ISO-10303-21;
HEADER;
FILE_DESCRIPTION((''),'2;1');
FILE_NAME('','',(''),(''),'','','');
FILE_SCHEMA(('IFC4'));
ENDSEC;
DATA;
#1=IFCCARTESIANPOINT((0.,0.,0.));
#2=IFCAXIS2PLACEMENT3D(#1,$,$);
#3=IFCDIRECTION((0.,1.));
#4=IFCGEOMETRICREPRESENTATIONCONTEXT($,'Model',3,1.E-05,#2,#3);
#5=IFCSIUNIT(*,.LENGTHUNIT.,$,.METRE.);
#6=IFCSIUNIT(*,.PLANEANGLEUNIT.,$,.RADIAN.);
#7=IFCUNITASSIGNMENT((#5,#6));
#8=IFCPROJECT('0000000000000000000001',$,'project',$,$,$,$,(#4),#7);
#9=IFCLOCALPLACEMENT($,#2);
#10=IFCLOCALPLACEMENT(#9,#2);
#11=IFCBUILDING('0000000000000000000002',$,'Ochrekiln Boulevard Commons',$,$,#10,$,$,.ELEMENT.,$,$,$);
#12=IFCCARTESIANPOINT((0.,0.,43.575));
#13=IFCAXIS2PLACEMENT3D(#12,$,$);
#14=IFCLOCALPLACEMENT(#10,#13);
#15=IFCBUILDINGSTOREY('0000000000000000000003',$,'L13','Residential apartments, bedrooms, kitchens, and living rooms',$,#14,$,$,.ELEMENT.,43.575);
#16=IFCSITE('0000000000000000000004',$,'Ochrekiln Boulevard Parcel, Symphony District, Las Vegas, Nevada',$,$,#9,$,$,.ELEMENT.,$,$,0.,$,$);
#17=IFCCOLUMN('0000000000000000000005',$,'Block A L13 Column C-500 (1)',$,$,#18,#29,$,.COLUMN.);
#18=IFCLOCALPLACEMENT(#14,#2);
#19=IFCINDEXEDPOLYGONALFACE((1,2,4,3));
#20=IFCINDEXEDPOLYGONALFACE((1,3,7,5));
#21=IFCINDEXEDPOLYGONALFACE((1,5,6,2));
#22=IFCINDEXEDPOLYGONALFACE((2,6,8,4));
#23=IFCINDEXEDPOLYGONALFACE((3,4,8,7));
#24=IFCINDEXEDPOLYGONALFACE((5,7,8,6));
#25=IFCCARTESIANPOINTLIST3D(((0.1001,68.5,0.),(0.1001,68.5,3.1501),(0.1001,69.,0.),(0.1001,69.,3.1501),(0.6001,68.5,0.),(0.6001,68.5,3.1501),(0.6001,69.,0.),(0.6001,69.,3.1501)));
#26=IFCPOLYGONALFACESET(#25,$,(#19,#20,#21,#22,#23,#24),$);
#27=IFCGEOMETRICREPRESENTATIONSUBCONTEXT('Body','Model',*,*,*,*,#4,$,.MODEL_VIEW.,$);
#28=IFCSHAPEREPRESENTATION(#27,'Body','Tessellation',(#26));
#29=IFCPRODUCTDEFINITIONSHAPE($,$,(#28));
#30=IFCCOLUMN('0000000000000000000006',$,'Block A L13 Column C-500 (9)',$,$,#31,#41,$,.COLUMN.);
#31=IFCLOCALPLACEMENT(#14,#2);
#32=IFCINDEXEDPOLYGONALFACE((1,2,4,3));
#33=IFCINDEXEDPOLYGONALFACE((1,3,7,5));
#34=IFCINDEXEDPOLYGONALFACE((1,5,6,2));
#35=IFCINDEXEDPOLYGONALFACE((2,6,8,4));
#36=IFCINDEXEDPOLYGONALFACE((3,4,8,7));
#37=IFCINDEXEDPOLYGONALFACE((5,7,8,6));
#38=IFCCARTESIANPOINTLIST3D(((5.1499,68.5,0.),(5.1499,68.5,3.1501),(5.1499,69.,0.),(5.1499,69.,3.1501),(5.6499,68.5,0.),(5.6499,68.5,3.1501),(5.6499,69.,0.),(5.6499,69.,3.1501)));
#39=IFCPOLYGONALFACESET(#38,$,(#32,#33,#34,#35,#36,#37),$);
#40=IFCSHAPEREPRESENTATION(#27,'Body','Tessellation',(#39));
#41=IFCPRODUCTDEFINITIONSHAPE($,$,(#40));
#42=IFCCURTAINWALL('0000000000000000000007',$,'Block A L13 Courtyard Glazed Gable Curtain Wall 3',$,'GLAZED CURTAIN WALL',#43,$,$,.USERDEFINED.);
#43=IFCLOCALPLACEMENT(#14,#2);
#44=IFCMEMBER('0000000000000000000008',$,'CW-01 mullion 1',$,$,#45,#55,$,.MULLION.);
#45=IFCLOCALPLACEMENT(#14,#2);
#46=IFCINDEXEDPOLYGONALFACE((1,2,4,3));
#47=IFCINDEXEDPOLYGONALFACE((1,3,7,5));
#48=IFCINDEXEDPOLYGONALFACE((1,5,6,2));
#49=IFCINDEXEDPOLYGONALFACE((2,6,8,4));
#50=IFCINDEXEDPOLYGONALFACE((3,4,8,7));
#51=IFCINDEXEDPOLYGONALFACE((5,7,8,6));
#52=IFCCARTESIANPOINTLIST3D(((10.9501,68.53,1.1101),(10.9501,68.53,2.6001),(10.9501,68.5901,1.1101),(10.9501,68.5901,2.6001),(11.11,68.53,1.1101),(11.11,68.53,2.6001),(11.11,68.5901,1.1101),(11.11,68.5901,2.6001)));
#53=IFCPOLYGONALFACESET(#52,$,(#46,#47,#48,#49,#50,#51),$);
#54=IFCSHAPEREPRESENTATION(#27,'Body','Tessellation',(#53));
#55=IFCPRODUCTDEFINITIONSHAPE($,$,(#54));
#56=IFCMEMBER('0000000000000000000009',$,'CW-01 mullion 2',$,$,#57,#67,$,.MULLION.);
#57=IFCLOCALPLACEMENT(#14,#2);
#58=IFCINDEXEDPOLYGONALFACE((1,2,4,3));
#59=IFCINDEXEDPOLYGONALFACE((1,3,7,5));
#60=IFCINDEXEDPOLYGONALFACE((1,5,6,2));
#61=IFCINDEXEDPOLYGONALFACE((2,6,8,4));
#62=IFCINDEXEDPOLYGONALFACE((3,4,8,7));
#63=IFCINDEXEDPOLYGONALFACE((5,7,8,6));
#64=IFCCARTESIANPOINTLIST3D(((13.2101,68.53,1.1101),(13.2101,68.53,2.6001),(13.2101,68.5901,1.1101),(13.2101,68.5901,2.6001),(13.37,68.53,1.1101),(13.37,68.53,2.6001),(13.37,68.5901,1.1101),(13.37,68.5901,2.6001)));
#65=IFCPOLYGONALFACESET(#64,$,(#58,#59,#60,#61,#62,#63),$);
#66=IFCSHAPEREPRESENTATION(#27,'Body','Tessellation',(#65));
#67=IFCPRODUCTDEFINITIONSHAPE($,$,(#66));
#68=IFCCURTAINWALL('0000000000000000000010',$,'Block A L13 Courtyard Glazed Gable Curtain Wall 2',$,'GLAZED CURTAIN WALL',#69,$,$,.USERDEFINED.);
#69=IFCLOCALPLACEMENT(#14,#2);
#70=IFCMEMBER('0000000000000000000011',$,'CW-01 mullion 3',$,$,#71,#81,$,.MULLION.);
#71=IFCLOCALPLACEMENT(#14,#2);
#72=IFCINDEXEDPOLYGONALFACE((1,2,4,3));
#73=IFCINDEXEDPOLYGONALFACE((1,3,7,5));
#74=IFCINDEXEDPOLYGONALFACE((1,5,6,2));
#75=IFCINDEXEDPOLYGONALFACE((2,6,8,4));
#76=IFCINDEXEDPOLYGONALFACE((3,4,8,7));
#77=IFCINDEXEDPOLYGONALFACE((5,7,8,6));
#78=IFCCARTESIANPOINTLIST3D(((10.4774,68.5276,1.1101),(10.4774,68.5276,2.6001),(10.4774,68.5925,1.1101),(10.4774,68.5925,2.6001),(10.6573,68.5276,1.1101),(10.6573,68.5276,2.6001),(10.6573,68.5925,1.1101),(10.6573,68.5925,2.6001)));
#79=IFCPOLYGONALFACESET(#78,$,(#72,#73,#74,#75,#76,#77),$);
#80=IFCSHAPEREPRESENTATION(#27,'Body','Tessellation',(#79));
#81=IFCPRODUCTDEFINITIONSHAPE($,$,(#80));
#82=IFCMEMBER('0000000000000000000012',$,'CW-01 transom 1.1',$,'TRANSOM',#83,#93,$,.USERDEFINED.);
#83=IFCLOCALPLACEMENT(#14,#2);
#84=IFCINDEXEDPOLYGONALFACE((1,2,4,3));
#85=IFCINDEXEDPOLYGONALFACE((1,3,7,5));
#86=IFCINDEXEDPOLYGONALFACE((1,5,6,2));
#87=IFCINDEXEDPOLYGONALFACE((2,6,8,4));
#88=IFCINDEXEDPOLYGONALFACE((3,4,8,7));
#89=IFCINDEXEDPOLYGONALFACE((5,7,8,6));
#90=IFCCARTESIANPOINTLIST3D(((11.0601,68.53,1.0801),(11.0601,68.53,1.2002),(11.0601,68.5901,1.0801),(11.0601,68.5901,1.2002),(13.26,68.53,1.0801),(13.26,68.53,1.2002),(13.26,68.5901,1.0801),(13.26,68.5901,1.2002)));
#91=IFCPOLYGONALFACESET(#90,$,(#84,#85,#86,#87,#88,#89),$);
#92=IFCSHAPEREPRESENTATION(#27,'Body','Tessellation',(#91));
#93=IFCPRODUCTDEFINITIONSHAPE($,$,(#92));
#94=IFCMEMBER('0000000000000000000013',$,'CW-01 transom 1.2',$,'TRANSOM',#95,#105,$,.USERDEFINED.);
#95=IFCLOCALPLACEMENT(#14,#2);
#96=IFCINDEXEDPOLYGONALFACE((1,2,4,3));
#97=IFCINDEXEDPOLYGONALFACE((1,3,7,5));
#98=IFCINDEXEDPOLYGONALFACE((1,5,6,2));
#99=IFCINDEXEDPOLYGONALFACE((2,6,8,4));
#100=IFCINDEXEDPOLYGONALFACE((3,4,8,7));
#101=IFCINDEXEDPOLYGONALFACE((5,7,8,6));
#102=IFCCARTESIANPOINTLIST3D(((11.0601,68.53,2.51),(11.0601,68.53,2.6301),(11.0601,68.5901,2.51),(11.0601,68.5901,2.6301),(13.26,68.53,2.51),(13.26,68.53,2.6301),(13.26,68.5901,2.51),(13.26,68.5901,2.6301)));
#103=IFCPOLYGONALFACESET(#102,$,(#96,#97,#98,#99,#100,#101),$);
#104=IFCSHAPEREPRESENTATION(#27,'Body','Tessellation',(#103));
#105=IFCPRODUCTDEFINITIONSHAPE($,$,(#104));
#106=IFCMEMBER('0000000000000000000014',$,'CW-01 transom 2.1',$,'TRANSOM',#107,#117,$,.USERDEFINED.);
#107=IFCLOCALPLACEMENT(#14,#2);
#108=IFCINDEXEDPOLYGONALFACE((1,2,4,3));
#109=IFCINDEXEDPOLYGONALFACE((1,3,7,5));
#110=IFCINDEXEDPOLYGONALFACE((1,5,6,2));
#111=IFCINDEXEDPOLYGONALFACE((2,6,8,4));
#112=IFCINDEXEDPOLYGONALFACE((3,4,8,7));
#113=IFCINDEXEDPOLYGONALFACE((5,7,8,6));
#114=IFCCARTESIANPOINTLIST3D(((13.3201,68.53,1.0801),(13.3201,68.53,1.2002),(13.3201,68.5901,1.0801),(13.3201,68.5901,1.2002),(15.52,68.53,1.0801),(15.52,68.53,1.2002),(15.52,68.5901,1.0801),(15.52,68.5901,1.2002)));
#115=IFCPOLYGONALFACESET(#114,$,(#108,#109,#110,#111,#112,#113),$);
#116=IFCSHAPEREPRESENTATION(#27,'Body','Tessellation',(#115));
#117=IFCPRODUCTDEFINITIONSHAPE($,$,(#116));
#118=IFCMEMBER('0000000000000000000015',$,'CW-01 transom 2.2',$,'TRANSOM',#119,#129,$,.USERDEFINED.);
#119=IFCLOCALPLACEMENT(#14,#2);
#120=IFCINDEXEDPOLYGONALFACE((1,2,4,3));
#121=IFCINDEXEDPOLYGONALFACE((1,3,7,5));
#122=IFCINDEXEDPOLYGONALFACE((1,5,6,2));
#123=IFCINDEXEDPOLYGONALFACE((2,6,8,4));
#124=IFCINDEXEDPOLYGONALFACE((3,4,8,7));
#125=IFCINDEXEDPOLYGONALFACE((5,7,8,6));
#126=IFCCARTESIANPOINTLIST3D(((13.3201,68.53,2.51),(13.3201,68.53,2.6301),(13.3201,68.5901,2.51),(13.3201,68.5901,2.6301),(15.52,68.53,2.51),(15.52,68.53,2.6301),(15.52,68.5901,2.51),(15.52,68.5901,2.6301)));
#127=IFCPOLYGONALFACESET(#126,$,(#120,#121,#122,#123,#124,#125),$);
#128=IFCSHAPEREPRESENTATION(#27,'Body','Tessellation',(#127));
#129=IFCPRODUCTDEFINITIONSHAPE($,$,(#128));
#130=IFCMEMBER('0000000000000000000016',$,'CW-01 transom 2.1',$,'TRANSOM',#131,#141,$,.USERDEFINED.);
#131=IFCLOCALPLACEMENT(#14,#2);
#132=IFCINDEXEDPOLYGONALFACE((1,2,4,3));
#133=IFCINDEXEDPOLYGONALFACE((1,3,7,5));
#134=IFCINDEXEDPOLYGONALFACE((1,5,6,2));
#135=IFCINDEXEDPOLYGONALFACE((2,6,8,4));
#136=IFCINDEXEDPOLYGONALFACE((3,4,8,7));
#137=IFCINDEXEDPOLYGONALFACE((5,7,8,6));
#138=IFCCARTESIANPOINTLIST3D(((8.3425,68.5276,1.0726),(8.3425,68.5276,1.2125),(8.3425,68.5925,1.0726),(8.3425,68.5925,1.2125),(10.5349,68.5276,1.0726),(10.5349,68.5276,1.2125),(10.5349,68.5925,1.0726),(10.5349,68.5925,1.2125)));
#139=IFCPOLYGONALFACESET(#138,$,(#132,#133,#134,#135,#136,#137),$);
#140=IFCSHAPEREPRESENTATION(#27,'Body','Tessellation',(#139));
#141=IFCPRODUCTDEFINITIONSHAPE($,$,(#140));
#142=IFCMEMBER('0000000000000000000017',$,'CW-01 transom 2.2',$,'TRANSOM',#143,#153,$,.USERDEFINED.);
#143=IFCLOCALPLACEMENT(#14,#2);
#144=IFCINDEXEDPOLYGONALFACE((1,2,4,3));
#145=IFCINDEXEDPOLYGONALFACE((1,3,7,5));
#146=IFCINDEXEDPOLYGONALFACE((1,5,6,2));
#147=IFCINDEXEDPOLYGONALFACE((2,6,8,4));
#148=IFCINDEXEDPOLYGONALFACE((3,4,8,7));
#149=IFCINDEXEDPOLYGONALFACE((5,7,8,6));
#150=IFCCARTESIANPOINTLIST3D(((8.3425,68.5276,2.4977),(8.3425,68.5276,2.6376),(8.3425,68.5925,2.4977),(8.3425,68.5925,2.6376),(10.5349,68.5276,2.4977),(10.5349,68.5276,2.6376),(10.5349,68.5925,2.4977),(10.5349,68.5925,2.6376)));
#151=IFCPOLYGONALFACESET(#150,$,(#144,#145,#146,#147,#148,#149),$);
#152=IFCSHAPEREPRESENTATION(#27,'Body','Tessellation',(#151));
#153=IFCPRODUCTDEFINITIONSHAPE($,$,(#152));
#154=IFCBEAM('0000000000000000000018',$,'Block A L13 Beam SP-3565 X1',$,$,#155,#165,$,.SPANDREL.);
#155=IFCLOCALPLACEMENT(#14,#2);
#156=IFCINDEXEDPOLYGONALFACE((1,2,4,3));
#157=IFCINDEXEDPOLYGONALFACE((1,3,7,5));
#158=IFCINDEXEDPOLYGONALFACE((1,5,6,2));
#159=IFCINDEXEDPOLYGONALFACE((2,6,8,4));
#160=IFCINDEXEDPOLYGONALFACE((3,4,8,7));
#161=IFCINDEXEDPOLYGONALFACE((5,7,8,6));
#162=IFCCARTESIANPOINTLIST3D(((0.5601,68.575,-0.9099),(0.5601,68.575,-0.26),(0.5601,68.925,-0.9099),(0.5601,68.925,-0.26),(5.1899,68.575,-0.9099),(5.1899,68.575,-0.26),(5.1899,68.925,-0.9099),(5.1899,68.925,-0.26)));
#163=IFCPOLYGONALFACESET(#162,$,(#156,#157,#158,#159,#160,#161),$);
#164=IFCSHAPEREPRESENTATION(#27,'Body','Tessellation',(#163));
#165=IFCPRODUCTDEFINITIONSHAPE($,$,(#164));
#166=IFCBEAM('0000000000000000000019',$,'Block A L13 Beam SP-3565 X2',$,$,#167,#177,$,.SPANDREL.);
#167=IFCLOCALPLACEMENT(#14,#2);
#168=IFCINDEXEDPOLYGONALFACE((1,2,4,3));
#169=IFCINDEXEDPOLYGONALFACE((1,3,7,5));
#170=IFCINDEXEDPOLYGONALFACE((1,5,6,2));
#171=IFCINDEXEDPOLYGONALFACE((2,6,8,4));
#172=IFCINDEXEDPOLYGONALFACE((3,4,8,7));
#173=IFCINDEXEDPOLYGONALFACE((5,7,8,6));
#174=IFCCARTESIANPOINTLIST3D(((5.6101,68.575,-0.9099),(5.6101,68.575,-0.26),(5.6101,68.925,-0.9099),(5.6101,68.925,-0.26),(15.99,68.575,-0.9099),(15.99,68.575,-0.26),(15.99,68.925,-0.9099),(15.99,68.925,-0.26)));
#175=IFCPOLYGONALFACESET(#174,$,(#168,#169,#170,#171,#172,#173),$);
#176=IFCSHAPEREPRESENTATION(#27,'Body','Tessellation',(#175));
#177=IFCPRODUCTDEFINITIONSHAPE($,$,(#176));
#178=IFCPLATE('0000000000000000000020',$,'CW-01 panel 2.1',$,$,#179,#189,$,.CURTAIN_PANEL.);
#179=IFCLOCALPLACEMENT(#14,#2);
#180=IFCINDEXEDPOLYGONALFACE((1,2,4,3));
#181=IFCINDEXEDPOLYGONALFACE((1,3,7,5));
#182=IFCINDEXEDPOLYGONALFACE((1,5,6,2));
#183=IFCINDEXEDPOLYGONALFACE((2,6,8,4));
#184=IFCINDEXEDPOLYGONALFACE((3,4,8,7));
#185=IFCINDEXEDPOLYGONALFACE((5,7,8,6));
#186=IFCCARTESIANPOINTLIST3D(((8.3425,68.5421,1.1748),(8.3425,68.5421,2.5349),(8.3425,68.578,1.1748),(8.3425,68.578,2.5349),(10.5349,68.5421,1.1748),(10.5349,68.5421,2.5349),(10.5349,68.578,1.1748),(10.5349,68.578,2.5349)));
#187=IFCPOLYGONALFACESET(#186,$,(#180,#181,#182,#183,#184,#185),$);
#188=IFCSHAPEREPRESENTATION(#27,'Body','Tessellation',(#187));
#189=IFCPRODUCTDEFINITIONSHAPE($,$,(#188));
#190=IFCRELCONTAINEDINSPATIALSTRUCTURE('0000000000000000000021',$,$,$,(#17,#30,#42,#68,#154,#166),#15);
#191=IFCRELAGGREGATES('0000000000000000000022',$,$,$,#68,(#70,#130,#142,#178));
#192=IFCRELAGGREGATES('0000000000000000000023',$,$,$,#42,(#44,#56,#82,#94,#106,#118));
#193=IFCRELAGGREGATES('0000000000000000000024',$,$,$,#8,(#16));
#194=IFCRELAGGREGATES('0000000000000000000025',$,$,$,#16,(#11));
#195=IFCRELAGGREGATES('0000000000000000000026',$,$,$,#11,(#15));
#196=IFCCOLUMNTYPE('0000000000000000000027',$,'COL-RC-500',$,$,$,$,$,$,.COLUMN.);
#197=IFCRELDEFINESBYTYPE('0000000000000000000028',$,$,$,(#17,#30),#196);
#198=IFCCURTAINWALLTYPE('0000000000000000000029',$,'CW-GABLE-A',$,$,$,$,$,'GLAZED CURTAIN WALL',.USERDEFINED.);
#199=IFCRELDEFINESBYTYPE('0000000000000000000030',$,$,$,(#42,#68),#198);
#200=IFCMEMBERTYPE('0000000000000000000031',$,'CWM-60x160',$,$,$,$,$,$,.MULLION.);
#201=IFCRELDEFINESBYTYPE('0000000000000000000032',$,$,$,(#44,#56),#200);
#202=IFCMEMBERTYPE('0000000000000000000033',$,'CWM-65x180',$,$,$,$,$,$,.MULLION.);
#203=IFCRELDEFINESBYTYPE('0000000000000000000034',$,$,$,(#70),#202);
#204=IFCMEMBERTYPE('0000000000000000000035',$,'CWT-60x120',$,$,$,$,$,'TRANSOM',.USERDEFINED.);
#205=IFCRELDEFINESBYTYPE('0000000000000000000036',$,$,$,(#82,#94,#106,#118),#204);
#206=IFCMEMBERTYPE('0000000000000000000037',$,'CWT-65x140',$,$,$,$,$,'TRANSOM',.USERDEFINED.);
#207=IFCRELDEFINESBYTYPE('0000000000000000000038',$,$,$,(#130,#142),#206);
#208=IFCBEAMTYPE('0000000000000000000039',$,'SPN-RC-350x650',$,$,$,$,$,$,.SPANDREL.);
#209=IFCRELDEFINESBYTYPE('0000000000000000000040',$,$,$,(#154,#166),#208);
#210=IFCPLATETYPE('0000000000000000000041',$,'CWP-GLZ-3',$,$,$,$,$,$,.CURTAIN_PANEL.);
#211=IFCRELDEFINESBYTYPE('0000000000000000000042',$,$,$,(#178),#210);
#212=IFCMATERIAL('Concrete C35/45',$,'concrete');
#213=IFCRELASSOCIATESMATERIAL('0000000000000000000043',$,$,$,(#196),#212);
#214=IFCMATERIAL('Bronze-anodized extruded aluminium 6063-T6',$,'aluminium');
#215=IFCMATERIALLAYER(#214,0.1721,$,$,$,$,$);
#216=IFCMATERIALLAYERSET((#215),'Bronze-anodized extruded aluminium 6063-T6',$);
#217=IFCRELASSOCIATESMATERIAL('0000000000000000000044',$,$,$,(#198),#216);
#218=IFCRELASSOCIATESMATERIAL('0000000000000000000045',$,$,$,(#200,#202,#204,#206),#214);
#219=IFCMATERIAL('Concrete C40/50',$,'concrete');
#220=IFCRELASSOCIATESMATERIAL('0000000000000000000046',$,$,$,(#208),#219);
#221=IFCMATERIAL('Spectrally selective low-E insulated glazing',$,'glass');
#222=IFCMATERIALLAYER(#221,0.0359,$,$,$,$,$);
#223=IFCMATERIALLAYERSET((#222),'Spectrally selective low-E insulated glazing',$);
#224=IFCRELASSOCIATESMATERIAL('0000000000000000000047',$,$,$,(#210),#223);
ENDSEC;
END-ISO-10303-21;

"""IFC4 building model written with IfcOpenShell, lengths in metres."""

from ifc_helpers import new_model, si_unit, direction, frame, origin, origin_2d, place, context, subcontext, project, spatial, rectangle, extrude, material, layer, layer_set, material_profile, profile_set, type_object, element, aggregate, save


model = new_model("IFC4")

# Units and contexts
model_context = context("Model", 3, precision=1e-05, world=origin(), true_north=direction((0.0, 1.0)))
body_context = subcontext(model_context, "Body", "Model", "MODEL_VIEW")
ifc_project = project(units=[si_unit("LENGTHUNIT", "METRE"), si_unit("PLANEANGLEUNIT", "RADIAN")], contexts=[model_context])

# Site, building, storey
site_placement = place(None, origin())
site = spatial("IfcSite", under=ifc_project, at=site_placement, Name="Ochrekiln Boulevard Parcel, Symphony District, Las Vegas, Nevada", CompositionType="ELEMENT", RefElevation=0.0)
building_placement = place(site_placement, origin())
building = spatial("IfcBuilding", under=site, at=building_placement, Name="Ochrekiln Boulevard Commons", CompositionType="ELEMENT")
storey_placement = place(building_placement, frame((0.0, 0.0, 43.575)))
storey = spatial("IfcBuildingStorey", under=building, at=storey_placement, Name="L13", Description="Residential apartments, bedrooms, kitchens, and living rooms", CompositionType="ELEMENT", Elevation=43.575)

# Columns
ifc_material_1 = material(Name="Concrete C35/45", Category="concrete")
ifc_material_profile_1 = material_profile(ifc_material_1, rectangle(XDim=0.5, YDim=0.5, at=origin_2d()), Name="RC-COL-500x500")
ifc_profile_set_1 = profile_set([ifc_material_profile_1], Name="Concrete C35/45")
column_type = type_object("IfcColumnType", Name="COL-RC-500", PredefinedType="COLUMN", material=ifc_profile_set_1)
for number, where, z_axis, x_axis, name in (
    (1, (0.3501, 68.75, 0.0), (0.0, 0.0, 1.0), (1.0, 0.0, 0.0), "Block A L13 Column C-500 (1)"),
    (2, (5.3999, 68.75, 0.0), (0.0, 0.0, 1.0), (1.0, 0.0, 0.0), "Block A L13 Column C-500 (9)"),
):
    element("IfcColumn", number, at=place(storey_placement, frame(where, z_axis=z_axis, x_axis=x_axis)), inside=storey, type_object=column_type, Name=name, PredefinedType="COLUMN", context=body_context, shape_type="SweptSolid", body=[
        extrude(rectangle(XDim=0.5, YDim=0.5, at=origin_2d()), origin(), (0.0, 0.0, 1.0), 3.1501),
    ])

# Curtain wall, members
ifc_material_2 = material(Name="Bronze-anodized extruded aluminium 6063-T6", Category="aluminium")
ifc_layer_1 = layer(ifc_material_2, 0.1721)
ifc_layer_set_1 = layer_set([ifc_layer_1], Name="Bronze-anodized extruded aluminium 6063-T6")
curtain_wall_type = type_object("IfcCurtainWallType", Name="CW-GABLE-A", ElementType="GLAZED CURTAIN WALL", PredefinedType="USERDEFINED", material=ifc_layer_set_1)
curtain_wall_1_placement = place(storey_placement, origin())
curtain_wall_1 = element("IfcCurtainWall", 3, at=curtain_wall_1_placement, inside=storey, type_object=curtain_wall_type, Name="Block A L13 Courtyard Glazed Gable Curtain Wall 3", ObjectType="GLAZED CURTAIN WALL", PredefinedType="USERDEFINED")
ifc_material_profile_2 = material_profile(ifc_material_2, rectangle(XDim=0.0601, YDim=0.1599, at=origin_2d()), Name="ALU-MUL-60x160")
ifc_profile_set_2 = profile_set([ifc_material_profile_2], Name="Bronze-anodized extruded aluminium 6063-T6")
member_type_1 = type_object("IfcMemberType", Name="CWM-60x160", PredefinedType="MULLION", material=ifc_profile_set_2)
member_1_placement = place(storey_placement, frame((11.03, 68.5601, 1.1101), z_axis=(0.0, 0.0, 1.0), x_axis=(0.0, 1.0, 0.0)))
member_1 = element("IfcMember", 4, at=member_1_placement, type_object=member_type_1, Name="CW-01 mullion 1", PredefinedType="MULLION", context=body_context, shape_type="SweptSolid", body=[
    extrude(rectangle(XDim=0.0601, YDim=0.1599, at=origin_2d()), origin(), (0.0, 0.0, 1.0), 1.49),
])
member_2_placement = place(storey_placement, frame((13.29, 68.5601, 1.1101), z_axis=(0.0, 0.0, 1.0), x_axis=(0.0, 1.0, 0.0)))
member_2 = element("IfcMember", 5, at=member_2_placement, type_object=member_type_1, Name="CW-01 mullion 2", PredefinedType="MULLION", context=body_context, shape_type="SweptSolid", body=[
    extrude(rectangle(XDim=0.0601, YDim=0.1599, at=origin_2d()), origin(), (0.0, 0.0, 1.0), 1.49),
])

# Curtain wall, member
curtain_wall_2_placement = place(storey_placement, origin())
curtain_wall_2 = element("IfcCurtainWall", 6, at=curtain_wall_2_placement, inside=storey, type_object=curtain_wall_type, Name="Block A L13 Courtyard Glazed Gable Curtain Wall 2", ObjectType="GLAZED CURTAIN WALL", PredefinedType="USERDEFINED")
ifc_material_profile_3 = material_profile(ifc_material_2, rectangle(XDim=0.0649, YDim=0.1799, at=origin_2d()), Name="ALU-MUL-65x180")
ifc_profile_set_3 = profile_set([ifc_material_profile_3], Name="Bronze-anodized extruded aluminium 6063-T6")
member_type_2 = type_object("IfcMemberType", Name="CWM-65x180", PredefinedType="MULLION", material=ifc_profile_set_3)
member_3_placement = place(storey_placement, frame((10.5674, 68.5601, 1.1101), z_axis=(0.0, 0.0, 1.0), x_axis=(0.0, 1.0, 0.0)))
member_3 = element("IfcMember", 7, at=member_3_placement, type_object=member_type_2, Name="CW-01 mullion 3", PredefinedType="MULLION", context=body_context, shape_type="SweptSolid", body=[
    extrude(rectangle(XDim=0.0649, YDim=0.1799, at=origin_2d()), origin(), (0.0, 0.0, 1.0), 1.49),
])

# Members
ifc_material_profile_4 = material_profile(ifc_material_2, rectangle(XDim=0.0601, YDim=0.1201, at=origin_2d()), Name="ALU-TRN-60x120")
ifc_profile_set_4 = profile_set([ifc_material_profile_4], Name="Bronze-anodized extruded aluminium 6063-T6")
member_type_3 = type_object("IfcMemberType", Name="CWT-60x120", ElementType="TRANSOM", PredefinedType="USERDEFINED", material=ifc_profile_set_4)
member_4_placement = place(storey_placement, frame((11.0601, 68.5601, 1.1401), z_axis=(1.0, 0.0, 0.0), x_axis=(0.0, 1.0, 0.0)))
member_4 = element("IfcMember", 8, at=member_4_placement, type_object=member_type_3, Name="CW-01 transom 1.1", ObjectType="TRANSOM", PredefinedType="USERDEFINED", context=body_context, shape_type="SweptSolid", body=[
    extrude(rectangle(XDim=0.0601, YDim=0.1201, at=origin_2d()), origin(), (0.0, 0.0, 1.0), 2.2),
])
member_5_placement = place(storey_placement, frame((11.0601, 68.5601, 2.5701), z_axis=(1.0, 0.0, 0.0), x_axis=(0.0, 1.0, 0.0)))
member_5 = element("IfcMember", 9, at=member_5_placement, type_object=member_type_3, Name="CW-01 transom 1.2", ObjectType="TRANSOM", PredefinedType="USERDEFINED", context=body_context, shape_type="SweptSolid", body=[
    extrude(rectangle(XDim=0.0601, YDim=0.1201, at=origin_2d()), origin(), (0.0, 0.0, 1.0), 2.2),
])
member_6_placement = place(storey_placement, frame((13.3201, 68.5601, 1.1401), z_axis=(1.0, 0.0, 0.0), x_axis=(0.0, 1.0, 0.0)))
member_6 = element("IfcMember", 10, at=member_6_placement, type_object=member_type_3, Name="CW-01 transom 2.1", ObjectType="TRANSOM", PredefinedType="USERDEFINED", context=body_context, shape_type="SweptSolid", body=[
    extrude(rectangle(XDim=0.0601, YDim=0.1201, at=origin_2d()), origin(), (0.0, 0.0, 1.0), 2.2),
])
member_7_placement = place(storey_placement, frame((13.3201, 68.5601, 2.5701), z_axis=(1.0, 0.0, 0.0), x_axis=(0.0, 1.0, 0.0)))
member_7 = element("IfcMember", 11, at=member_7_placement, type_object=member_type_3, Name="CW-01 transom 2.2", ObjectType="TRANSOM", PredefinedType="USERDEFINED", context=body_context, shape_type="SweptSolid", body=[
    extrude(rectangle(XDim=0.0601, YDim=0.1201, at=origin_2d()), origin(), (0.0, 0.0, 1.0), 2.2),
])
ifc_material_profile_5 = material_profile(ifc_material_2, rectangle(XDim=0.0649, YDim=0.1399, at=origin_2d()), Name="ALU-TRN-65x140")
ifc_profile_set_5 = profile_set([ifc_material_profile_5], Name="Bronze-anodized extruded aluminium 6063-T6")
member_type_4 = type_object("IfcMemberType", Name="CWT-65x140", ElementType="TRANSOM", PredefinedType="USERDEFINED", material=ifc_profile_set_5)
member_8_placement = place(storey_placement, frame((8.3425, 68.5601, 1.1426), z_axis=(1.0, 0.0, 0.0), x_axis=(0.0, 1.0, 0.0)))
member_8 = element("IfcMember", 12, at=member_8_placement, type_object=member_type_4, Name="CW-01 transom 2.1", ObjectType="TRANSOM", PredefinedType="USERDEFINED", context=body_context, shape_type="SweptSolid", body=[
    extrude(rectangle(XDim=0.0649, YDim=0.1399, at=origin_2d()), origin(), (0.0, 0.0, 1.0), 2.1924),
])
member_9_placement = place(storey_placement, frame((8.3425, 68.5601, 2.5676), z_axis=(1.0, 0.0, 0.0), x_axis=(0.0, 1.0, 0.0)))
member_9 = element("IfcMember", 13, at=member_9_placement, type_object=member_type_4, Name="CW-01 transom 2.2", ObjectType="TRANSOM", PredefinedType="USERDEFINED", context=body_context, shape_type="SweptSolid", body=[
    extrude(rectangle(XDim=0.0649, YDim=0.1399, at=origin_2d()), origin(), (0.0, 0.0, 1.0), 2.1924),
])

# Beams
ifc_material_3 = material(Name="Concrete C40/50", Category="concrete")
ifc_material_profile_6 = material_profile(ifc_material_3, rectangle(XDim=0.3501, YDim=0.6499, at=origin_2d()), Name="RC-SPN-350x650")
ifc_profile_set_6 = profile_set([ifc_material_profile_6], Name="Concrete C40/50")
beam_type = type_object("IfcBeamType", Name="SPN-RC-350x650", PredefinedType="SPANDREL", material=ifc_profile_set_6)
beam_1_placement = place(storey_placement, frame((0.5601, 68.75, -0.585), z_axis=(1.0, 0.0, 0.0), x_axis=(0.0, 1.0, 0.0)))
element("IfcBeam", 14, at=beam_1_placement, inside=storey, type_object=beam_type, Name="Block A L13 Beam SP-3565 X1", PredefinedType="SPANDREL", context=body_context, shape_type="SweptSolid", body=[
    extrude(rectangle(XDim=0.3501, YDim=0.6499, at=origin_2d()), origin(), (0.0, 0.0, 1.0), 4.6299),
])
beam_2_placement = place(storey_placement, frame((5.6101, 68.75, -0.585), z_axis=(1.0, 0.0, 0.0), x_axis=(0.0, 1.0, 0.0)))
element("IfcBeam", 15, at=beam_2_placement, inside=storey, type_object=beam_type, Name="Block A L13 Beam SP-3565 X2", PredefinedType="SPANDREL", context=body_context, shape_type="SweptSolid", body=[
    extrude(rectangle(XDim=0.3501, YDim=0.6499, at=origin_2d()), origin(), (0.0, 0.0, 1.0), 10.3799),
])

# Plate
ifc_material_4 = material(Name="Spectrally selective low-E insulated glazing", Category="glass")
ifc_layer_2 = layer(ifc_material_4, 0.0359)
ifc_layer_set_2 = layer_set([ifc_layer_2], Name="Spectrally selective low-E insulated glazing")
plate_type_1 = type_object("IfcPlateType", Name="CWP-GLZ-3", PredefinedType="CURTAIN_PANEL", material=ifc_layer_set_2)
plate_1_placement = place(storey_placement, frame((9.4387, 68.5601, 1.1748), z_axis=(0.0, 0.0, 1.0), x_axis=(1.0, 0.0, 0.0)))
plate_1 = element("IfcPlate", 16, at=plate_1_placement, type_object=plate_type_1, Name="CW-01 panel 2.1", PredefinedType="CURTAIN_PANEL", context=body_context, shape_type="SweptSolid", body=[
    extrude(rectangle(XDim=2.1924, YDim=0.0359, at=origin_2d()), origin(), (0.0, 0.0, 1.0), 1.3601),
])
aggregate(curtain_wall_2, [member_3, member_8, member_9, plate_1])
aggregate(curtain_wall_1, [member_1, member_2, member_4, member_5, member_6, member_7])

save(model, "model.ifc")
